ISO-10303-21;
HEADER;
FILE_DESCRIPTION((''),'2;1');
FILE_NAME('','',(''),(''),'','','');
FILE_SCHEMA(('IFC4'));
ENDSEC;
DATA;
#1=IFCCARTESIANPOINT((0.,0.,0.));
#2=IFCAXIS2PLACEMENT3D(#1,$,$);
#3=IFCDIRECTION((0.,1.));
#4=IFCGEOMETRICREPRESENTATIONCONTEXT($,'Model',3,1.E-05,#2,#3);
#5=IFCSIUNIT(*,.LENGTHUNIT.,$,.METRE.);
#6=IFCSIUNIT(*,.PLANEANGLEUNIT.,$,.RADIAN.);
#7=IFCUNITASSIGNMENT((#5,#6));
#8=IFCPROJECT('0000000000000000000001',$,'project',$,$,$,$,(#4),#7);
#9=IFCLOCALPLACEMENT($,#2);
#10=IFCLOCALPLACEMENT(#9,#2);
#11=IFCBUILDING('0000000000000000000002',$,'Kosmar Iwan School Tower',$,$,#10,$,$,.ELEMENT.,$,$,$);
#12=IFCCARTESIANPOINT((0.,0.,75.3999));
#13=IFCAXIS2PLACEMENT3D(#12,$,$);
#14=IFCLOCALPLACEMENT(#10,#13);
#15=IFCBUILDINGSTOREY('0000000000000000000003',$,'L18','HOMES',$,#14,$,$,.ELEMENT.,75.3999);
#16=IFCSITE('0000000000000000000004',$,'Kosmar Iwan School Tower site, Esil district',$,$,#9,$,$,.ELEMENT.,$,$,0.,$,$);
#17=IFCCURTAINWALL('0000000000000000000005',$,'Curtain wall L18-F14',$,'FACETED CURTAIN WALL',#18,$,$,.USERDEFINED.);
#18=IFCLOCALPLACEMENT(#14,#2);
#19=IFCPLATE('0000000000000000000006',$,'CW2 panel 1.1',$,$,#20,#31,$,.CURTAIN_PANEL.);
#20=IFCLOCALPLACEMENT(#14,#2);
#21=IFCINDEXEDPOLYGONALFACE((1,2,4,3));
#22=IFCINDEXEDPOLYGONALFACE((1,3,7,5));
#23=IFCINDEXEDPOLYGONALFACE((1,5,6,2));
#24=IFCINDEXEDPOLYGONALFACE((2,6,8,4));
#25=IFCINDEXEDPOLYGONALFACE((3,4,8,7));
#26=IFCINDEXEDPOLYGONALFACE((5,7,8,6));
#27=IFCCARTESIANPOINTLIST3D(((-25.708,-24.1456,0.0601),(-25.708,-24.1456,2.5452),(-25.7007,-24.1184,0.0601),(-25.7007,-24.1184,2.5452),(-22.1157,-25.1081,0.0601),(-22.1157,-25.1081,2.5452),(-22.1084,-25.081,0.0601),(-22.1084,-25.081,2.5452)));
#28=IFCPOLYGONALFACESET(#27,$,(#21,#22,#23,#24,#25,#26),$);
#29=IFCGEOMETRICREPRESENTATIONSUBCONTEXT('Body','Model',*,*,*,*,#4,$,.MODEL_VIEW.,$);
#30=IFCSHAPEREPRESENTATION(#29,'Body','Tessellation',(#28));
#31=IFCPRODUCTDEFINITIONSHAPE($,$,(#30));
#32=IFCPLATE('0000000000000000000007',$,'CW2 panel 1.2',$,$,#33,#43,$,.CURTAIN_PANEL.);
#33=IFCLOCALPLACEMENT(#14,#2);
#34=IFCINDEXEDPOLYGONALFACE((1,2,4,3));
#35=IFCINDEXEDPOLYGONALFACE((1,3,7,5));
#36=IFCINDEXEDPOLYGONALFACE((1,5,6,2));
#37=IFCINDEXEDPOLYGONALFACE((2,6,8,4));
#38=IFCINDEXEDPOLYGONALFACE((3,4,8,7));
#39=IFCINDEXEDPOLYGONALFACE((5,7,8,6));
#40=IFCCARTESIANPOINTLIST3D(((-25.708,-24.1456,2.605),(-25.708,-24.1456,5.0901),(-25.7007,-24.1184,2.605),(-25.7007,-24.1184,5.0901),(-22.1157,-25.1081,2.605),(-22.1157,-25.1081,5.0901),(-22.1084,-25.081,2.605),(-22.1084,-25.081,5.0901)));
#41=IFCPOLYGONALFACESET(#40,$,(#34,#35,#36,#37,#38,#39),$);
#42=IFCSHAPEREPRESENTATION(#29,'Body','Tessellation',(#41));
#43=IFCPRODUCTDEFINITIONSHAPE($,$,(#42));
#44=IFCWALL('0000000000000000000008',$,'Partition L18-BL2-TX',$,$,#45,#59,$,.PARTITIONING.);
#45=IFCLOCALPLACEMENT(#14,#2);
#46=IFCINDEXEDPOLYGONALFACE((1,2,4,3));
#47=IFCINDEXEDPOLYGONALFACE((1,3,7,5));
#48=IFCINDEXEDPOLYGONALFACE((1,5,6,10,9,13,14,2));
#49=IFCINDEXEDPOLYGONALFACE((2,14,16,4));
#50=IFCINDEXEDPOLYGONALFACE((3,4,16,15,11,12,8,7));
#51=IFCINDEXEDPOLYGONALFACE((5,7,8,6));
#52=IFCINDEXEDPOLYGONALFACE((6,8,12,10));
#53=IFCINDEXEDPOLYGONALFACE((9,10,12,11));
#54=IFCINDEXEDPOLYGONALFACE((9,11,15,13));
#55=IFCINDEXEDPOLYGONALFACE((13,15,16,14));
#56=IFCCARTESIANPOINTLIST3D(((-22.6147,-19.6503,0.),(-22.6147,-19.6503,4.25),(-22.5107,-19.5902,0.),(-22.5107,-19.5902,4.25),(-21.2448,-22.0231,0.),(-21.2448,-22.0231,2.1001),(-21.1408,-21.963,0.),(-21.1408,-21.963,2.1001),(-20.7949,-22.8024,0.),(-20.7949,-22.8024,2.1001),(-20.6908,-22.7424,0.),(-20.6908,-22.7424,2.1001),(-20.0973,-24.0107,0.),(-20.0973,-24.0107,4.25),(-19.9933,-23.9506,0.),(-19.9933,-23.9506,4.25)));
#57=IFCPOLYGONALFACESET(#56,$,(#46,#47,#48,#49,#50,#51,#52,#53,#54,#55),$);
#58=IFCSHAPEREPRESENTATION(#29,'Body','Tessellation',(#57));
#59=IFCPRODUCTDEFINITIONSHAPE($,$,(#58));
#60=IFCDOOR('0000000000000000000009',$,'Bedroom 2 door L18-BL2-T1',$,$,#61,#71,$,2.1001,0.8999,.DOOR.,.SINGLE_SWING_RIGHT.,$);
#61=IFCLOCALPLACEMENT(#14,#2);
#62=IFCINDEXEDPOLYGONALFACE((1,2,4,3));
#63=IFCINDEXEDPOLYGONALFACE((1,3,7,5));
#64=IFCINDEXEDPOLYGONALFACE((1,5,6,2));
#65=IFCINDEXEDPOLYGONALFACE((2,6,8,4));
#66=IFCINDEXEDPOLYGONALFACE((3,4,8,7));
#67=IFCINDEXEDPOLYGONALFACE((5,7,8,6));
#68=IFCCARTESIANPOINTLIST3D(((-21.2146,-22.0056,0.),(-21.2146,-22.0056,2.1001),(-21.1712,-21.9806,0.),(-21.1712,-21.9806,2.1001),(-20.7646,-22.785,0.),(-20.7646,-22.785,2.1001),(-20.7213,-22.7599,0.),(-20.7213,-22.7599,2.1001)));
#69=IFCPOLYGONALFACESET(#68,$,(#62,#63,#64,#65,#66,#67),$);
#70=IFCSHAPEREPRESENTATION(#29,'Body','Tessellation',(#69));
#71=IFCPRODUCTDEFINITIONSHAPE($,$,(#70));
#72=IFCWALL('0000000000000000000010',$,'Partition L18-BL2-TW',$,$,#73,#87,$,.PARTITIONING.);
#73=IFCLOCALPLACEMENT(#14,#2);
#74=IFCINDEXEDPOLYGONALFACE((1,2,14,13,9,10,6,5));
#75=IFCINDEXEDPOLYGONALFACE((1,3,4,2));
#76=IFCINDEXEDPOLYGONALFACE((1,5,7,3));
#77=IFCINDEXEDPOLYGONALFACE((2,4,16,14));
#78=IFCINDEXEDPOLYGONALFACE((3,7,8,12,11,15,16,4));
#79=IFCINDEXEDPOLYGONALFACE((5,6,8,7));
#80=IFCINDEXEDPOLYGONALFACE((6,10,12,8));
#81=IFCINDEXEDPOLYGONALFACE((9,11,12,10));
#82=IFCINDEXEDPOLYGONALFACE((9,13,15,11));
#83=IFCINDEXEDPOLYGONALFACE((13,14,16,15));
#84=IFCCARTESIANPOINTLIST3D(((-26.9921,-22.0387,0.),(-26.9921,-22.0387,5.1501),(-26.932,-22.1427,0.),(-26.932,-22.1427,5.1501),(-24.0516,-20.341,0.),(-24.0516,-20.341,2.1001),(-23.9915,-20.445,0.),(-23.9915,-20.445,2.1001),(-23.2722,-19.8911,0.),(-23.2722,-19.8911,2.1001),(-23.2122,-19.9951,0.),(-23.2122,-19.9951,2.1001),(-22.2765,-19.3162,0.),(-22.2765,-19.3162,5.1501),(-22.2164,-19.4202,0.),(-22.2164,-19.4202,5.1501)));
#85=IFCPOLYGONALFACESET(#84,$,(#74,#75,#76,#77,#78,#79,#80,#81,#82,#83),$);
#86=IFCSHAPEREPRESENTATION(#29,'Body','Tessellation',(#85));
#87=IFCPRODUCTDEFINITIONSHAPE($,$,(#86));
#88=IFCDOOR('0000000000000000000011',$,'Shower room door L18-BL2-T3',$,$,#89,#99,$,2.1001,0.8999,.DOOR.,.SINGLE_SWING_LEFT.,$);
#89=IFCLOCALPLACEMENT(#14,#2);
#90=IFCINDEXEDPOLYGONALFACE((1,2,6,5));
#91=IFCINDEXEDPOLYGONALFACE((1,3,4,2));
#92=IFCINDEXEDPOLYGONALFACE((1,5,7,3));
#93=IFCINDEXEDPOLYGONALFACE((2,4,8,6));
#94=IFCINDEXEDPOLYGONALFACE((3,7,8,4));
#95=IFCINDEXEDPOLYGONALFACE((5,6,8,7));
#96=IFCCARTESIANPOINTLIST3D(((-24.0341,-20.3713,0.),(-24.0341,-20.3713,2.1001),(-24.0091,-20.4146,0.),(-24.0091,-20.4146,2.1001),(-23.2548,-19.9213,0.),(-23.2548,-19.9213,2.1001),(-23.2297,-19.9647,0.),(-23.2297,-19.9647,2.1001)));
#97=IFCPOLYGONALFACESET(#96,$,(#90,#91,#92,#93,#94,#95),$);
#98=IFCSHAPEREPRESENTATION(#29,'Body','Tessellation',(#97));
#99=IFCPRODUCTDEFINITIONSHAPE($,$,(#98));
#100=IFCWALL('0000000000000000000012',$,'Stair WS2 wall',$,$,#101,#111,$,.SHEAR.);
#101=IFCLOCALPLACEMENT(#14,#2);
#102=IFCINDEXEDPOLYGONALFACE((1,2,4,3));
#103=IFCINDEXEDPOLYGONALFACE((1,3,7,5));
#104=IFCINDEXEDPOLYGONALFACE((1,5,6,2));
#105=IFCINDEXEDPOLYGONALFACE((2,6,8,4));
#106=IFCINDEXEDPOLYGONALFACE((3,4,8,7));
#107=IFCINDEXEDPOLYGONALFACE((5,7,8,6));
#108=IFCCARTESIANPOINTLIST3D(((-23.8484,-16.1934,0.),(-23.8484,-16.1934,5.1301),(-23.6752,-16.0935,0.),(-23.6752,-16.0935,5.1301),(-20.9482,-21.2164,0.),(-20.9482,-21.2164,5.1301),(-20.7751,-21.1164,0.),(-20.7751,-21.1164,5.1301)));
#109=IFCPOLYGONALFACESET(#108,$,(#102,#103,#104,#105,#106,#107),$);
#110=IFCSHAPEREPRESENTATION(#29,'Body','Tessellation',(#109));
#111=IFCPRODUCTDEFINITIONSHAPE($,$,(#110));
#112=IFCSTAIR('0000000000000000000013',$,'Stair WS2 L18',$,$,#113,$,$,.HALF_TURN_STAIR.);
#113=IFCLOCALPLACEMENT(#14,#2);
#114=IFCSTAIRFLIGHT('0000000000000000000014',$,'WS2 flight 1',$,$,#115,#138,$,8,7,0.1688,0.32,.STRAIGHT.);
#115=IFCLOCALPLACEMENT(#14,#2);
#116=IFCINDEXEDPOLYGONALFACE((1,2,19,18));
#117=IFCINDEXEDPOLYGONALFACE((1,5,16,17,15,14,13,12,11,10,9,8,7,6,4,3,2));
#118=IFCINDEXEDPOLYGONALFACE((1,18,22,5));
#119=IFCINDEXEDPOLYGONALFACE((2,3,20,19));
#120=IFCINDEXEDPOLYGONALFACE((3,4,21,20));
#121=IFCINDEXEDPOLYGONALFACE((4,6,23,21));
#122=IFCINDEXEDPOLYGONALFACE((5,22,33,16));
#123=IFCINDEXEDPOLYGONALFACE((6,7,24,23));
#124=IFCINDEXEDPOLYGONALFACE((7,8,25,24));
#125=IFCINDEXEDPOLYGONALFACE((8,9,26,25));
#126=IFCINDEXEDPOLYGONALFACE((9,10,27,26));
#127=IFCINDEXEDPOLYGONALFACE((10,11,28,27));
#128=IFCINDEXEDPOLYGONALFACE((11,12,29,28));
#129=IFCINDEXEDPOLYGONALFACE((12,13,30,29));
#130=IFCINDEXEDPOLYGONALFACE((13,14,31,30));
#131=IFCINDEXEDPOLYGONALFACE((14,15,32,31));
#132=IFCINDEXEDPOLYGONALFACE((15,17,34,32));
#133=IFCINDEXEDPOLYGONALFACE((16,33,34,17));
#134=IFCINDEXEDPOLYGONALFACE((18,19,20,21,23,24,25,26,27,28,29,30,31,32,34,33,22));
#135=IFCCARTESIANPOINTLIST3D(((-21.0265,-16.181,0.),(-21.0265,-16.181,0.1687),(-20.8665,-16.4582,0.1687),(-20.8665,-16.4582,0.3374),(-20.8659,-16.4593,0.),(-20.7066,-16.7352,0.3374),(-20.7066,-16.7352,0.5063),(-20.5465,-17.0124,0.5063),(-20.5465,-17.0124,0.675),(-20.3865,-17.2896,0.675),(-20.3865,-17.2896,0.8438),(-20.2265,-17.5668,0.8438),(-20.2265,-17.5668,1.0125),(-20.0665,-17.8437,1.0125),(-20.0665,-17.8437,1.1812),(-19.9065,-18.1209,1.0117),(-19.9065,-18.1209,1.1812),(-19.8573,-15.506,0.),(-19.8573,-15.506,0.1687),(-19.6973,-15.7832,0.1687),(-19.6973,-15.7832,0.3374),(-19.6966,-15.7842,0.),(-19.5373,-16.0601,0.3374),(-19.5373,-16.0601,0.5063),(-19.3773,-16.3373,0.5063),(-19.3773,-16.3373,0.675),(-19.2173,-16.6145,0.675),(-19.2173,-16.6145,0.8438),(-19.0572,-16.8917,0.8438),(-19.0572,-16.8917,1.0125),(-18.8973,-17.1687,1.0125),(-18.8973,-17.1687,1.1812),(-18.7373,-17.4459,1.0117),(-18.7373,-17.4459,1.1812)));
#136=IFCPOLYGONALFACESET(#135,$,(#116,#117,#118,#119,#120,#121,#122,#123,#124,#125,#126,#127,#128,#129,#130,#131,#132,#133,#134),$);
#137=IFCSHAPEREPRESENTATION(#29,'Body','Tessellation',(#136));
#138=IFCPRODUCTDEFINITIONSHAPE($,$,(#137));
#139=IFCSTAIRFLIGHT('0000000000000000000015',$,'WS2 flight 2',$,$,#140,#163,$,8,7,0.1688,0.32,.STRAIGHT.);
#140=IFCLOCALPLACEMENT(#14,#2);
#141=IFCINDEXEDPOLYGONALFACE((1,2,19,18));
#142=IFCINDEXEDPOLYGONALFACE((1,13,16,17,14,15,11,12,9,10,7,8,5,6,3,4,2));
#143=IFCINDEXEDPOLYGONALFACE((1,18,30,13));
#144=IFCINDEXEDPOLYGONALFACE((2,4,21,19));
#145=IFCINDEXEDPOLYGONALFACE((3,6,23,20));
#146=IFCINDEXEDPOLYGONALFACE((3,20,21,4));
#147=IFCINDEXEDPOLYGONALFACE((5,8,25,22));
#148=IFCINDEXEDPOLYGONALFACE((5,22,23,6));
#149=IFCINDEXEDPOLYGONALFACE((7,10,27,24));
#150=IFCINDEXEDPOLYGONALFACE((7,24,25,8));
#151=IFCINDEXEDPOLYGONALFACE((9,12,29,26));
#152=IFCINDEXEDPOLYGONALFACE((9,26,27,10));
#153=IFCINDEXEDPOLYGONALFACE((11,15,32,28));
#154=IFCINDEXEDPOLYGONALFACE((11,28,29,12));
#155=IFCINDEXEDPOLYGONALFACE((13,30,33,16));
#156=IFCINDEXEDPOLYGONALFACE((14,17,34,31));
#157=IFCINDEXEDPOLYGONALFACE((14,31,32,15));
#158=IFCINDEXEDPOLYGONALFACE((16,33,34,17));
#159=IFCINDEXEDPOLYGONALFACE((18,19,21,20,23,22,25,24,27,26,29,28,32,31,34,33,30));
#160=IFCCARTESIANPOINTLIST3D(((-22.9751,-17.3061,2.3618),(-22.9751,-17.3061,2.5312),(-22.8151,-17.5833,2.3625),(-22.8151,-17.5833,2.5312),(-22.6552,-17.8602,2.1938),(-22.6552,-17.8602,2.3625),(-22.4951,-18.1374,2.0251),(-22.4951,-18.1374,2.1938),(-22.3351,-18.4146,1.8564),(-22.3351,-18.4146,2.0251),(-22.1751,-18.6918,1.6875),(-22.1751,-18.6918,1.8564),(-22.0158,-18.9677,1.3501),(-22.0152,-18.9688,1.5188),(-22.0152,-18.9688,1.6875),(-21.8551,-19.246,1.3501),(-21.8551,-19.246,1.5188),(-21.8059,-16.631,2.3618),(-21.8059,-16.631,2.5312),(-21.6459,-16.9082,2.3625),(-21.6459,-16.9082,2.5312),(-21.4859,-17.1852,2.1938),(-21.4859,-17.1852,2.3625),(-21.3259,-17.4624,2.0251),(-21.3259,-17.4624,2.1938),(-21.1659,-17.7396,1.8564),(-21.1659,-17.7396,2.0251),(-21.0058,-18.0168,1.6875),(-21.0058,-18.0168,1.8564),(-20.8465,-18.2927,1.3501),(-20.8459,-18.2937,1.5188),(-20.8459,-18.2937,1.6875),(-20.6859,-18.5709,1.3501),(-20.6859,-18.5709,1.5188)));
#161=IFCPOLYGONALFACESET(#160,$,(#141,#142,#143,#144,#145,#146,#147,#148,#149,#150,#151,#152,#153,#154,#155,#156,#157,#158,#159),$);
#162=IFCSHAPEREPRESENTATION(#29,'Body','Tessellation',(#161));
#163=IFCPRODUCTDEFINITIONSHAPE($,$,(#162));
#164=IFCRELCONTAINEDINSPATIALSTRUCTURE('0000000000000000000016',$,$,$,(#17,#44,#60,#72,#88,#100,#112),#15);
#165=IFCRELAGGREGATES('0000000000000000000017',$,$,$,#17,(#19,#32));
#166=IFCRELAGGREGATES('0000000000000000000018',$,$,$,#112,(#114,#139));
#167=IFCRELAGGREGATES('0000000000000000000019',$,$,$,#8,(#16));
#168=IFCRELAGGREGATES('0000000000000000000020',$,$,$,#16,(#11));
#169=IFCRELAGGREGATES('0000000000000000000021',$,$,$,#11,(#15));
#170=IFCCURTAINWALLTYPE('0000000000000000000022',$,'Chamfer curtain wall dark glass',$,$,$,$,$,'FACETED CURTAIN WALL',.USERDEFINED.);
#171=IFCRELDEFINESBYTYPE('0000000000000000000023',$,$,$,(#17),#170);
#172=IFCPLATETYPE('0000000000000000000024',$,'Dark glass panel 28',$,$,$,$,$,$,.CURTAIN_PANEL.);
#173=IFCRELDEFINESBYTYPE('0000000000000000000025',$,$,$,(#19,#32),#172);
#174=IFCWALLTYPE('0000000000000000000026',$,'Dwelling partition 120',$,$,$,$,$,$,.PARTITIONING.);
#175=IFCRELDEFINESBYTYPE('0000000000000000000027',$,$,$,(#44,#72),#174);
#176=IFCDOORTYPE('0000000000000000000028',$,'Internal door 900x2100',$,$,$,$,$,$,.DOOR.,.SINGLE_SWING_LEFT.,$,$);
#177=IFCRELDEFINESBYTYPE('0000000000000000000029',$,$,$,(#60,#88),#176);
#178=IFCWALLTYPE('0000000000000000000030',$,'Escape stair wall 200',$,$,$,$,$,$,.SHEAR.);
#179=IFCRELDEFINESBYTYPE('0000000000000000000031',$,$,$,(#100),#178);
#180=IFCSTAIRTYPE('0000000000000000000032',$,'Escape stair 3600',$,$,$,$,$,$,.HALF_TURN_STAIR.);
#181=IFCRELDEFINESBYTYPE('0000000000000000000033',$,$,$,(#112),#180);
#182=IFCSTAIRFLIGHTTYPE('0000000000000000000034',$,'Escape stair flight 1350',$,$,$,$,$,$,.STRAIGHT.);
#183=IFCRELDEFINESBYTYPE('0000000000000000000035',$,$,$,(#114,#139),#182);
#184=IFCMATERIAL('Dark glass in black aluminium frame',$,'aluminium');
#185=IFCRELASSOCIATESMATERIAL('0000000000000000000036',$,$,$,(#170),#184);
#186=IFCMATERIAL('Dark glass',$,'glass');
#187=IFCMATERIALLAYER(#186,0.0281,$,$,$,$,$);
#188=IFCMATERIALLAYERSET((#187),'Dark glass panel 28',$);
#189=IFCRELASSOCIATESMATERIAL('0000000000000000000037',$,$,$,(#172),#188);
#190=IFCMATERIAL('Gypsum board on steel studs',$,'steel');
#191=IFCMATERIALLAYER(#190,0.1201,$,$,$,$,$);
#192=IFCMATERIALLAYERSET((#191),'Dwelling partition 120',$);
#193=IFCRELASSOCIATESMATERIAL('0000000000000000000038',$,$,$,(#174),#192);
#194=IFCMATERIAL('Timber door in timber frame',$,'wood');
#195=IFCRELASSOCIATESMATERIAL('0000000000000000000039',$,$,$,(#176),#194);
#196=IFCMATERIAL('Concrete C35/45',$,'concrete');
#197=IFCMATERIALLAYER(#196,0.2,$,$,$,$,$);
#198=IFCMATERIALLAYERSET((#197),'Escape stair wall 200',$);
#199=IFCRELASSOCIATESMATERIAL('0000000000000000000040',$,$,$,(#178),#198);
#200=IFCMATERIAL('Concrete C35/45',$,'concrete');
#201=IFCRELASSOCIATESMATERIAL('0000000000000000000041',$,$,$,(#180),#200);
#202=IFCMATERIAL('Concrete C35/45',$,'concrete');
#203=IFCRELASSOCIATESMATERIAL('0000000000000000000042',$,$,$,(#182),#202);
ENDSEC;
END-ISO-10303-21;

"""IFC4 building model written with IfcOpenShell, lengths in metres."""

from ifc_helpers import new_model, si_unit, direction, frame, frame_2d, origin, origin_2d, place, context, subcontext, project, spatial, polyline, rectangle, outline, extrude, material, layer, layer_set, type_object, element, fill, aggregate, save


model = new_model("IFC4")

# Units and contexts
model_context = context("Model", 3, precision=1e-05, world=origin(), true_north=direction((0.0, 1.0)))
body_context = subcontext(model_context, "Body", "Model", "MODEL_VIEW")
ifc_project = project(units=[si_unit("LENGTHUNIT", "METRE"), si_unit("PLANEANGLEUNIT", "RADIAN")], contexts=[model_context])

# Site, building, storey
site_placement = place(None, origin())
site = spatial("IfcSite", under=ifc_project, at=site_placement, Name="Kosmar Iwan School Tower site, Esil district", CompositionType="ELEMENT", RefElevation=0.0)
building_placement = place(site_placement, origin())
building = spatial("IfcBuilding", under=site, at=building_placement, Name="Kosmar Iwan School Tower", CompositionType="ELEMENT")
storey_placement = place(building_placement, frame((0.0, 0.0, 75.3999)))
storey = spatial("IfcBuildingStorey", under=building, at=storey_placement, Name="L18", Description="HOMES", CompositionType="ELEMENT", Elevation=75.3999)

# Curtain wall
ifc_material_1 = material(Name="Dark glass in black aluminium frame", Category="aluminium")
curtain_wall_type_1 = type_object("IfcCurtainWallType", Name="Chamfer curtain wall dark glass", ElementType="FACETED CURTAIN WALL", PredefinedType="USERDEFINED", material=ifc_material_1)
curtain_wall_1_placement = place(storey_placement, origin())
curtain_wall_1 = element("IfcCurtainWall", 1, at=curtain_wall_1_placement, inside=storey, type_object=curtain_wall_type_1, Name="Curtain wall L18-F14", ObjectType="FACETED CURTAIN WALL", PredefinedType="USERDEFINED")

# Plates
ifc_material_2 = material(Name="Dark glass", Category="glass")
ifc_layer_1 = layer(ifc_material_2, 0.0281)
ifc_layer_set_1 = layer_set([ifc_layer_1], Name="Dark glass panel 28")
plate_type = type_object("IfcPlateType", Name="Dark glass panel 28", PredefinedType="CURTAIN_PANEL", material=ifc_layer_set_1)
plate_1_placement = place(storey_placement, frame((-23.9082, -24.6133, 0.0601), z_axis=(0.0, 0.0, 1.0), x_axis=(0.965926, -0.258819, 0.0)))
plate_1 = element("IfcPlate", 2, at=plate_1_placement, type_object=plate_type, Name="CW2 panel 1.1", PredefinedType="CURTAIN_PANEL", context=body_context, shape_type="SweptSolid", body=[
    extrude(rectangle(XDim=3.719, YDim=0.0281, at=origin_2d()), origin(), (0.0, 0.0, 1.0), 2.4851),
])
plate_2_placement = place(storey_placement, frame((-23.9082, -24.6133, 2.605), z_axis=(0.0, 0.0, 1.0), x_axis=(0.965926, -0.258819, 0.0)))
plate_2 = element("IfcPlate", 3, at=plate_2_placement, type_object=plate_type, Name="CW2 panel 1.2", PredefinedType="CURTAIN_PANEL", context=body_context, shape_type="SweptSolid", body=[
    extrude(rectangle(XDim=3.719, YDim=0.0281, at=origin_2d()), origin(), (0.0, 0.0, 1.0), 2.4851),
])
aggregate(curtain_wall_1, [plate_1, plate_2])

# Walls, openings, doors
ifc_material_3 = material(Name="Gypsum board on steel studs", Category="steel")
ifc_layer_2 = layer(ifc_material_3, 0.1201)
ifc_layer_set_2 = layer_set([ifc_layer_2], Name="Dwelling partition 120")
wall_type_1 = type_object("IfcWallType", Name="Dwelling partition 120", PredefinedType="PARTITIONING", material=ifc_layer_set_2)
wall_1_placement = place(storey_placement, frame((-22.5627, -19.6201, 0.0), z_axis=(0.0, 0.0, 1.0), x_axis=(0.499983, -0.866035, 0.0)))
wall_1 = element("IfcWall", 4, at=wall_1_placement, inside=storey, type_object=wall_type_1, Name="Partition L18-BL2-TX", PredefinedType="PARTITIONING", context=body_context, shape_type="SweptSolid", body=[
    extrude(rectangle(XDim=5.0349, YDim=0.1201, at=frame_2d((2.5176, 0.0))), origin(), (0.0, 0.0, 1.0), 4.25),
])
opening_1_placement = place(wall_1_placement, frame((2.74, 0.0, 0.0)))
opening_1 = element("IfcOpeningElement", 5, at=opening_1_placement, cuts=wall_1, PredefinedType="OPENING", context=body_context, shape_type="SweptSolid", body=[
    extrude(rectangle(XDim=0.8999, YDim=2.1001, at=frame_2d((0.45, 1.05))), frame((0.0, 0.072, 0.0), z_axis=(0.0, -1.0, 0.0), x_axis=(1.0, 0.0, 0.0)), (0.0, 0.0, 1.0), 0.144),
])
ifc_material_4 = material(Name="Timber door in timber frame", Category="wood")
door_type = type_object("IfcDoorType", Name="Internal door 900x2100", OperationType="SINGLE_SWING_LEFT", PredefinedType="DOOR", material=ifc_material_4)
door_1_placement = place(opening_1_placement, origin())
door_1 = element("IfcDoor", 6, at=door_1_placement, inside=storey, type_object=door_type, Name="Bedroom 2 door L18-BL2-T1", OperationType="SINGLE_SWING_RIGHT", OverallHeight=2.1001, OverallWidth=0.8999, PredefinedType="DOOR", context=body_context, shape_type="SweptSolid", body=[
    extrude(rectangle(XDim=0.8999, YDim=2.1001, at=frame_2d((0.45, 1.05))), frame((0.0, 0.0249, 0.0), z_axis=(0.0, -1.0, 0.0), x_axis=(1.0, 0.0, 0.0)), (0.0, 0.0, 1.0), 0.05),
])
fill(opening_1, door_1)
wall_2_placement = place(storey_placement, frame((-22.2463, -19.3682, 0.0), z_axis=(0.0, 0.0, 1.0), x_axis=(-0.866036, -0.499982, 0.0)))
wall_2 = element("IfcWall", 7, at=wall_2_placement, inside=storey, type_object=wall_type_1, Name="Partition L18-BL2-TW", PredefinedType="PARTITIONING", context=body_context, shape_type="SweptSolid", body=[
    extrude(rectangle(XDim=5.4451, YDim=0.1201, at=frame_2d((2.7227, 0.0))), origin(), (0.0, 0.0, 1.0), 5.1501),
])
opening_2_placement = place(wall_2_placement, frame((1.1499, 0.0, 0.0)))
opening_2 = element("IfcOpeningElement", 8, at=opening_2_placement, cuts=wall_2, PredefinedType="OPENING", context=body_context, shape_type="SweptSolid", body=[
    extrude(rectangle(XDim=0.8999, YDim=2.1001, at=frame_2d((0.45, 1.05))), frame((0.0, 0.072, 0.0), z_axis=(0.0, -1.0, 0.0), x_axis=(1.0, 0.0, 0.0)), (0.0, 0.0, 1.0), 0.144),
])
door_2_placement = place(opening_2_placement, origin())
door_2 = element("IfcDoor", 9, at=door_2_placement, inside=storey, type_object=door_type, Name="Shower room door L18-BL2-T3", OperationType="SINGLE_SWING_LEFT", OverallHeight=2.1001, OverallWidth=0.8999, PredefinedType="DOOR", context=body_context, shape_type="SweptSolid", body=[
    extrude(rectangle(XDim=0.8999, YDim=2.1001, at=frame_2d((0.45, 1.05))), frame((0.0, 0.0249, 0.0), z_axis=(0.0, -1.0, 0.0), x_axis=(1.0, 0.0, 0.0)), (0.0, 0.0, 1.0), 0.05),
])
fill(opening_2, door_2)

# Wall
ifc_material_5 = material(Name="Concrete C35/45", Category="concrete")
ifc_layer_3 = layer(ifc_material_5, 0.2)
ifc_layer_set_3 = layer_set([ifc_layer_3], Name="Escape stair wall 200")
wall_type_2 = type_object("IfcWallType", Name="Escape stair wall 200", PredefinedType="SHEAR", material=ifc_layer_set_3)
wall_3_placement = place(storey_placement, frame((-23.7617, -16.1436, 0.0), z_axis=(0.0, 0.0, 1.0), x_axis=(0.500019, -0.866015, 0.0)))
element("IfcWall", 10, at=wall_3_placement, inside=storey, type_object=wall_type_2, Name="Stair WS2 wall", PredefinedType="SHEAR", context=body_context, shape_type="SweptSolid", body=[
    extrude(rectangle(XDim=5.8, YDim=0.2, at=frame_2d((2.8999, 0.0))), origin(), (0.0, 0.0, 1.0), 5.1301),
])

# Stair, stair flights
ifc_material_6 = material(Name="Concrete C35/45", Category="concrete")
stair_type = type_object("IfcStairType", Name="Escape stair 3600", PredefinedType="HALF_TURN_STAIR", material=ifc_material_6)
stair_placement = place(storey_placement, origin())
stair = element("IfcStair", 11, at=stair_placement, inside=storey, type_object=stair_type, Name="Stair WS2 L18", PredefinedType="HALF_TURN_STAIR")
ifc_material_7 = material(Name="Concrete C35/45", Category="concrete")
stair_flight_type = type_object("IfcStairFlightType", Name="Escape stair flight 1350", PredefinedType="STRAIGHT", material=ifc_material_7)
stair_flight_1_placement = place(storey_placement, frame((-20.4419, -15.8435, 0.0), z_axis=(0.0, 0.0, 1.0), x_axis=(0.5, -0.866025, 0.0)))
stair_flight_1 = element("IfcStairFlight", 12, at=stair_flight_1_placement, type_object=stair_flight_type, Name="WS2 flight 1", NumberOfRisers=8, NumberOfTreads=7, PredefinedType="STRAIGHT", RiserHeight=0.1688, TreadLength=0.32, context=body_context, shape_type="SweptSolid", body=[
    extrude(outline(polyline([(0.0, 0.0), (0.0, 0.1687), (0.3201, 0.1687), (0.3201, 0.3374), (0.6399, 0.3374), (0.6399, 0.5063), (0.96, 0.5063), (0.96, 0.675), (1.28, 0.675), (1.28, 0.8438), (1.6001, 0.8438), (1.6001, 1.0125), (1.9199, 1.0125), (1.9199, 1.1812), (2.24, 1.1812), (2.24, 1.3501), (2.24, 1.0117), (0.3213, 0.0), (0.0, 0.0)])), frame((0.0, 0.675, 0.0), z_axis=(0.0, -1.0, 0.0), x_axis=(1.0, 0.0, 0.0)), (0.0, 0.0, 1.0), 1.3501),
])
stair_flight_2_placement = place(storey_placement, frame((-21.2705, -18.9084, 1.3501), z_axis=(0.0, 0.0, 1.0), x_axis=(-0.5, 0.866025, 0.0)))
stair_flight_2 = element("IfcStairFlight", 13, at=stair_flight_2_placement, type_object=stair_flight_type, Name="WS2 flight 2", NumberOfRisers=8, NumberOfTreads=7, PredefinedType="STRAIGHT", RiserHeight=0.1688, TreadLength=0.32, context=body_context, shape_type="SweptSolid", body=[
    extrude(outline(polyline([(0.0, 0.0), (0.0, 0.1687), (0.3201, 0.1687), (0.3201, 0.3374), (0.6399, 0.3374), (0.6399, 0.5063), (0.96, 0.5063), (0.96, 0.675), (1.28, 0.675), (1.28, 0.8438), (1.6001, 0.8438), (1.6001, 1.0125), (1.9199, 1.0125), (1.9199, 1.1812), (2.24, 1.1812), (2.24, 1.3501), (2.24, 1.0117), (0.3213, 0.0), (0.0, 0.0)])), frame((0.0, 0.675, 0.0), z_axis=(0.0, -1.0, 0.0), x_axis=(1.0, 0.0, 0.0)), (0.0, 0.0, 1.0), 1.3501),
])
aggregate(stair, [stair_flight_1, stair_flight_2])

save(model, "model.ifc")
